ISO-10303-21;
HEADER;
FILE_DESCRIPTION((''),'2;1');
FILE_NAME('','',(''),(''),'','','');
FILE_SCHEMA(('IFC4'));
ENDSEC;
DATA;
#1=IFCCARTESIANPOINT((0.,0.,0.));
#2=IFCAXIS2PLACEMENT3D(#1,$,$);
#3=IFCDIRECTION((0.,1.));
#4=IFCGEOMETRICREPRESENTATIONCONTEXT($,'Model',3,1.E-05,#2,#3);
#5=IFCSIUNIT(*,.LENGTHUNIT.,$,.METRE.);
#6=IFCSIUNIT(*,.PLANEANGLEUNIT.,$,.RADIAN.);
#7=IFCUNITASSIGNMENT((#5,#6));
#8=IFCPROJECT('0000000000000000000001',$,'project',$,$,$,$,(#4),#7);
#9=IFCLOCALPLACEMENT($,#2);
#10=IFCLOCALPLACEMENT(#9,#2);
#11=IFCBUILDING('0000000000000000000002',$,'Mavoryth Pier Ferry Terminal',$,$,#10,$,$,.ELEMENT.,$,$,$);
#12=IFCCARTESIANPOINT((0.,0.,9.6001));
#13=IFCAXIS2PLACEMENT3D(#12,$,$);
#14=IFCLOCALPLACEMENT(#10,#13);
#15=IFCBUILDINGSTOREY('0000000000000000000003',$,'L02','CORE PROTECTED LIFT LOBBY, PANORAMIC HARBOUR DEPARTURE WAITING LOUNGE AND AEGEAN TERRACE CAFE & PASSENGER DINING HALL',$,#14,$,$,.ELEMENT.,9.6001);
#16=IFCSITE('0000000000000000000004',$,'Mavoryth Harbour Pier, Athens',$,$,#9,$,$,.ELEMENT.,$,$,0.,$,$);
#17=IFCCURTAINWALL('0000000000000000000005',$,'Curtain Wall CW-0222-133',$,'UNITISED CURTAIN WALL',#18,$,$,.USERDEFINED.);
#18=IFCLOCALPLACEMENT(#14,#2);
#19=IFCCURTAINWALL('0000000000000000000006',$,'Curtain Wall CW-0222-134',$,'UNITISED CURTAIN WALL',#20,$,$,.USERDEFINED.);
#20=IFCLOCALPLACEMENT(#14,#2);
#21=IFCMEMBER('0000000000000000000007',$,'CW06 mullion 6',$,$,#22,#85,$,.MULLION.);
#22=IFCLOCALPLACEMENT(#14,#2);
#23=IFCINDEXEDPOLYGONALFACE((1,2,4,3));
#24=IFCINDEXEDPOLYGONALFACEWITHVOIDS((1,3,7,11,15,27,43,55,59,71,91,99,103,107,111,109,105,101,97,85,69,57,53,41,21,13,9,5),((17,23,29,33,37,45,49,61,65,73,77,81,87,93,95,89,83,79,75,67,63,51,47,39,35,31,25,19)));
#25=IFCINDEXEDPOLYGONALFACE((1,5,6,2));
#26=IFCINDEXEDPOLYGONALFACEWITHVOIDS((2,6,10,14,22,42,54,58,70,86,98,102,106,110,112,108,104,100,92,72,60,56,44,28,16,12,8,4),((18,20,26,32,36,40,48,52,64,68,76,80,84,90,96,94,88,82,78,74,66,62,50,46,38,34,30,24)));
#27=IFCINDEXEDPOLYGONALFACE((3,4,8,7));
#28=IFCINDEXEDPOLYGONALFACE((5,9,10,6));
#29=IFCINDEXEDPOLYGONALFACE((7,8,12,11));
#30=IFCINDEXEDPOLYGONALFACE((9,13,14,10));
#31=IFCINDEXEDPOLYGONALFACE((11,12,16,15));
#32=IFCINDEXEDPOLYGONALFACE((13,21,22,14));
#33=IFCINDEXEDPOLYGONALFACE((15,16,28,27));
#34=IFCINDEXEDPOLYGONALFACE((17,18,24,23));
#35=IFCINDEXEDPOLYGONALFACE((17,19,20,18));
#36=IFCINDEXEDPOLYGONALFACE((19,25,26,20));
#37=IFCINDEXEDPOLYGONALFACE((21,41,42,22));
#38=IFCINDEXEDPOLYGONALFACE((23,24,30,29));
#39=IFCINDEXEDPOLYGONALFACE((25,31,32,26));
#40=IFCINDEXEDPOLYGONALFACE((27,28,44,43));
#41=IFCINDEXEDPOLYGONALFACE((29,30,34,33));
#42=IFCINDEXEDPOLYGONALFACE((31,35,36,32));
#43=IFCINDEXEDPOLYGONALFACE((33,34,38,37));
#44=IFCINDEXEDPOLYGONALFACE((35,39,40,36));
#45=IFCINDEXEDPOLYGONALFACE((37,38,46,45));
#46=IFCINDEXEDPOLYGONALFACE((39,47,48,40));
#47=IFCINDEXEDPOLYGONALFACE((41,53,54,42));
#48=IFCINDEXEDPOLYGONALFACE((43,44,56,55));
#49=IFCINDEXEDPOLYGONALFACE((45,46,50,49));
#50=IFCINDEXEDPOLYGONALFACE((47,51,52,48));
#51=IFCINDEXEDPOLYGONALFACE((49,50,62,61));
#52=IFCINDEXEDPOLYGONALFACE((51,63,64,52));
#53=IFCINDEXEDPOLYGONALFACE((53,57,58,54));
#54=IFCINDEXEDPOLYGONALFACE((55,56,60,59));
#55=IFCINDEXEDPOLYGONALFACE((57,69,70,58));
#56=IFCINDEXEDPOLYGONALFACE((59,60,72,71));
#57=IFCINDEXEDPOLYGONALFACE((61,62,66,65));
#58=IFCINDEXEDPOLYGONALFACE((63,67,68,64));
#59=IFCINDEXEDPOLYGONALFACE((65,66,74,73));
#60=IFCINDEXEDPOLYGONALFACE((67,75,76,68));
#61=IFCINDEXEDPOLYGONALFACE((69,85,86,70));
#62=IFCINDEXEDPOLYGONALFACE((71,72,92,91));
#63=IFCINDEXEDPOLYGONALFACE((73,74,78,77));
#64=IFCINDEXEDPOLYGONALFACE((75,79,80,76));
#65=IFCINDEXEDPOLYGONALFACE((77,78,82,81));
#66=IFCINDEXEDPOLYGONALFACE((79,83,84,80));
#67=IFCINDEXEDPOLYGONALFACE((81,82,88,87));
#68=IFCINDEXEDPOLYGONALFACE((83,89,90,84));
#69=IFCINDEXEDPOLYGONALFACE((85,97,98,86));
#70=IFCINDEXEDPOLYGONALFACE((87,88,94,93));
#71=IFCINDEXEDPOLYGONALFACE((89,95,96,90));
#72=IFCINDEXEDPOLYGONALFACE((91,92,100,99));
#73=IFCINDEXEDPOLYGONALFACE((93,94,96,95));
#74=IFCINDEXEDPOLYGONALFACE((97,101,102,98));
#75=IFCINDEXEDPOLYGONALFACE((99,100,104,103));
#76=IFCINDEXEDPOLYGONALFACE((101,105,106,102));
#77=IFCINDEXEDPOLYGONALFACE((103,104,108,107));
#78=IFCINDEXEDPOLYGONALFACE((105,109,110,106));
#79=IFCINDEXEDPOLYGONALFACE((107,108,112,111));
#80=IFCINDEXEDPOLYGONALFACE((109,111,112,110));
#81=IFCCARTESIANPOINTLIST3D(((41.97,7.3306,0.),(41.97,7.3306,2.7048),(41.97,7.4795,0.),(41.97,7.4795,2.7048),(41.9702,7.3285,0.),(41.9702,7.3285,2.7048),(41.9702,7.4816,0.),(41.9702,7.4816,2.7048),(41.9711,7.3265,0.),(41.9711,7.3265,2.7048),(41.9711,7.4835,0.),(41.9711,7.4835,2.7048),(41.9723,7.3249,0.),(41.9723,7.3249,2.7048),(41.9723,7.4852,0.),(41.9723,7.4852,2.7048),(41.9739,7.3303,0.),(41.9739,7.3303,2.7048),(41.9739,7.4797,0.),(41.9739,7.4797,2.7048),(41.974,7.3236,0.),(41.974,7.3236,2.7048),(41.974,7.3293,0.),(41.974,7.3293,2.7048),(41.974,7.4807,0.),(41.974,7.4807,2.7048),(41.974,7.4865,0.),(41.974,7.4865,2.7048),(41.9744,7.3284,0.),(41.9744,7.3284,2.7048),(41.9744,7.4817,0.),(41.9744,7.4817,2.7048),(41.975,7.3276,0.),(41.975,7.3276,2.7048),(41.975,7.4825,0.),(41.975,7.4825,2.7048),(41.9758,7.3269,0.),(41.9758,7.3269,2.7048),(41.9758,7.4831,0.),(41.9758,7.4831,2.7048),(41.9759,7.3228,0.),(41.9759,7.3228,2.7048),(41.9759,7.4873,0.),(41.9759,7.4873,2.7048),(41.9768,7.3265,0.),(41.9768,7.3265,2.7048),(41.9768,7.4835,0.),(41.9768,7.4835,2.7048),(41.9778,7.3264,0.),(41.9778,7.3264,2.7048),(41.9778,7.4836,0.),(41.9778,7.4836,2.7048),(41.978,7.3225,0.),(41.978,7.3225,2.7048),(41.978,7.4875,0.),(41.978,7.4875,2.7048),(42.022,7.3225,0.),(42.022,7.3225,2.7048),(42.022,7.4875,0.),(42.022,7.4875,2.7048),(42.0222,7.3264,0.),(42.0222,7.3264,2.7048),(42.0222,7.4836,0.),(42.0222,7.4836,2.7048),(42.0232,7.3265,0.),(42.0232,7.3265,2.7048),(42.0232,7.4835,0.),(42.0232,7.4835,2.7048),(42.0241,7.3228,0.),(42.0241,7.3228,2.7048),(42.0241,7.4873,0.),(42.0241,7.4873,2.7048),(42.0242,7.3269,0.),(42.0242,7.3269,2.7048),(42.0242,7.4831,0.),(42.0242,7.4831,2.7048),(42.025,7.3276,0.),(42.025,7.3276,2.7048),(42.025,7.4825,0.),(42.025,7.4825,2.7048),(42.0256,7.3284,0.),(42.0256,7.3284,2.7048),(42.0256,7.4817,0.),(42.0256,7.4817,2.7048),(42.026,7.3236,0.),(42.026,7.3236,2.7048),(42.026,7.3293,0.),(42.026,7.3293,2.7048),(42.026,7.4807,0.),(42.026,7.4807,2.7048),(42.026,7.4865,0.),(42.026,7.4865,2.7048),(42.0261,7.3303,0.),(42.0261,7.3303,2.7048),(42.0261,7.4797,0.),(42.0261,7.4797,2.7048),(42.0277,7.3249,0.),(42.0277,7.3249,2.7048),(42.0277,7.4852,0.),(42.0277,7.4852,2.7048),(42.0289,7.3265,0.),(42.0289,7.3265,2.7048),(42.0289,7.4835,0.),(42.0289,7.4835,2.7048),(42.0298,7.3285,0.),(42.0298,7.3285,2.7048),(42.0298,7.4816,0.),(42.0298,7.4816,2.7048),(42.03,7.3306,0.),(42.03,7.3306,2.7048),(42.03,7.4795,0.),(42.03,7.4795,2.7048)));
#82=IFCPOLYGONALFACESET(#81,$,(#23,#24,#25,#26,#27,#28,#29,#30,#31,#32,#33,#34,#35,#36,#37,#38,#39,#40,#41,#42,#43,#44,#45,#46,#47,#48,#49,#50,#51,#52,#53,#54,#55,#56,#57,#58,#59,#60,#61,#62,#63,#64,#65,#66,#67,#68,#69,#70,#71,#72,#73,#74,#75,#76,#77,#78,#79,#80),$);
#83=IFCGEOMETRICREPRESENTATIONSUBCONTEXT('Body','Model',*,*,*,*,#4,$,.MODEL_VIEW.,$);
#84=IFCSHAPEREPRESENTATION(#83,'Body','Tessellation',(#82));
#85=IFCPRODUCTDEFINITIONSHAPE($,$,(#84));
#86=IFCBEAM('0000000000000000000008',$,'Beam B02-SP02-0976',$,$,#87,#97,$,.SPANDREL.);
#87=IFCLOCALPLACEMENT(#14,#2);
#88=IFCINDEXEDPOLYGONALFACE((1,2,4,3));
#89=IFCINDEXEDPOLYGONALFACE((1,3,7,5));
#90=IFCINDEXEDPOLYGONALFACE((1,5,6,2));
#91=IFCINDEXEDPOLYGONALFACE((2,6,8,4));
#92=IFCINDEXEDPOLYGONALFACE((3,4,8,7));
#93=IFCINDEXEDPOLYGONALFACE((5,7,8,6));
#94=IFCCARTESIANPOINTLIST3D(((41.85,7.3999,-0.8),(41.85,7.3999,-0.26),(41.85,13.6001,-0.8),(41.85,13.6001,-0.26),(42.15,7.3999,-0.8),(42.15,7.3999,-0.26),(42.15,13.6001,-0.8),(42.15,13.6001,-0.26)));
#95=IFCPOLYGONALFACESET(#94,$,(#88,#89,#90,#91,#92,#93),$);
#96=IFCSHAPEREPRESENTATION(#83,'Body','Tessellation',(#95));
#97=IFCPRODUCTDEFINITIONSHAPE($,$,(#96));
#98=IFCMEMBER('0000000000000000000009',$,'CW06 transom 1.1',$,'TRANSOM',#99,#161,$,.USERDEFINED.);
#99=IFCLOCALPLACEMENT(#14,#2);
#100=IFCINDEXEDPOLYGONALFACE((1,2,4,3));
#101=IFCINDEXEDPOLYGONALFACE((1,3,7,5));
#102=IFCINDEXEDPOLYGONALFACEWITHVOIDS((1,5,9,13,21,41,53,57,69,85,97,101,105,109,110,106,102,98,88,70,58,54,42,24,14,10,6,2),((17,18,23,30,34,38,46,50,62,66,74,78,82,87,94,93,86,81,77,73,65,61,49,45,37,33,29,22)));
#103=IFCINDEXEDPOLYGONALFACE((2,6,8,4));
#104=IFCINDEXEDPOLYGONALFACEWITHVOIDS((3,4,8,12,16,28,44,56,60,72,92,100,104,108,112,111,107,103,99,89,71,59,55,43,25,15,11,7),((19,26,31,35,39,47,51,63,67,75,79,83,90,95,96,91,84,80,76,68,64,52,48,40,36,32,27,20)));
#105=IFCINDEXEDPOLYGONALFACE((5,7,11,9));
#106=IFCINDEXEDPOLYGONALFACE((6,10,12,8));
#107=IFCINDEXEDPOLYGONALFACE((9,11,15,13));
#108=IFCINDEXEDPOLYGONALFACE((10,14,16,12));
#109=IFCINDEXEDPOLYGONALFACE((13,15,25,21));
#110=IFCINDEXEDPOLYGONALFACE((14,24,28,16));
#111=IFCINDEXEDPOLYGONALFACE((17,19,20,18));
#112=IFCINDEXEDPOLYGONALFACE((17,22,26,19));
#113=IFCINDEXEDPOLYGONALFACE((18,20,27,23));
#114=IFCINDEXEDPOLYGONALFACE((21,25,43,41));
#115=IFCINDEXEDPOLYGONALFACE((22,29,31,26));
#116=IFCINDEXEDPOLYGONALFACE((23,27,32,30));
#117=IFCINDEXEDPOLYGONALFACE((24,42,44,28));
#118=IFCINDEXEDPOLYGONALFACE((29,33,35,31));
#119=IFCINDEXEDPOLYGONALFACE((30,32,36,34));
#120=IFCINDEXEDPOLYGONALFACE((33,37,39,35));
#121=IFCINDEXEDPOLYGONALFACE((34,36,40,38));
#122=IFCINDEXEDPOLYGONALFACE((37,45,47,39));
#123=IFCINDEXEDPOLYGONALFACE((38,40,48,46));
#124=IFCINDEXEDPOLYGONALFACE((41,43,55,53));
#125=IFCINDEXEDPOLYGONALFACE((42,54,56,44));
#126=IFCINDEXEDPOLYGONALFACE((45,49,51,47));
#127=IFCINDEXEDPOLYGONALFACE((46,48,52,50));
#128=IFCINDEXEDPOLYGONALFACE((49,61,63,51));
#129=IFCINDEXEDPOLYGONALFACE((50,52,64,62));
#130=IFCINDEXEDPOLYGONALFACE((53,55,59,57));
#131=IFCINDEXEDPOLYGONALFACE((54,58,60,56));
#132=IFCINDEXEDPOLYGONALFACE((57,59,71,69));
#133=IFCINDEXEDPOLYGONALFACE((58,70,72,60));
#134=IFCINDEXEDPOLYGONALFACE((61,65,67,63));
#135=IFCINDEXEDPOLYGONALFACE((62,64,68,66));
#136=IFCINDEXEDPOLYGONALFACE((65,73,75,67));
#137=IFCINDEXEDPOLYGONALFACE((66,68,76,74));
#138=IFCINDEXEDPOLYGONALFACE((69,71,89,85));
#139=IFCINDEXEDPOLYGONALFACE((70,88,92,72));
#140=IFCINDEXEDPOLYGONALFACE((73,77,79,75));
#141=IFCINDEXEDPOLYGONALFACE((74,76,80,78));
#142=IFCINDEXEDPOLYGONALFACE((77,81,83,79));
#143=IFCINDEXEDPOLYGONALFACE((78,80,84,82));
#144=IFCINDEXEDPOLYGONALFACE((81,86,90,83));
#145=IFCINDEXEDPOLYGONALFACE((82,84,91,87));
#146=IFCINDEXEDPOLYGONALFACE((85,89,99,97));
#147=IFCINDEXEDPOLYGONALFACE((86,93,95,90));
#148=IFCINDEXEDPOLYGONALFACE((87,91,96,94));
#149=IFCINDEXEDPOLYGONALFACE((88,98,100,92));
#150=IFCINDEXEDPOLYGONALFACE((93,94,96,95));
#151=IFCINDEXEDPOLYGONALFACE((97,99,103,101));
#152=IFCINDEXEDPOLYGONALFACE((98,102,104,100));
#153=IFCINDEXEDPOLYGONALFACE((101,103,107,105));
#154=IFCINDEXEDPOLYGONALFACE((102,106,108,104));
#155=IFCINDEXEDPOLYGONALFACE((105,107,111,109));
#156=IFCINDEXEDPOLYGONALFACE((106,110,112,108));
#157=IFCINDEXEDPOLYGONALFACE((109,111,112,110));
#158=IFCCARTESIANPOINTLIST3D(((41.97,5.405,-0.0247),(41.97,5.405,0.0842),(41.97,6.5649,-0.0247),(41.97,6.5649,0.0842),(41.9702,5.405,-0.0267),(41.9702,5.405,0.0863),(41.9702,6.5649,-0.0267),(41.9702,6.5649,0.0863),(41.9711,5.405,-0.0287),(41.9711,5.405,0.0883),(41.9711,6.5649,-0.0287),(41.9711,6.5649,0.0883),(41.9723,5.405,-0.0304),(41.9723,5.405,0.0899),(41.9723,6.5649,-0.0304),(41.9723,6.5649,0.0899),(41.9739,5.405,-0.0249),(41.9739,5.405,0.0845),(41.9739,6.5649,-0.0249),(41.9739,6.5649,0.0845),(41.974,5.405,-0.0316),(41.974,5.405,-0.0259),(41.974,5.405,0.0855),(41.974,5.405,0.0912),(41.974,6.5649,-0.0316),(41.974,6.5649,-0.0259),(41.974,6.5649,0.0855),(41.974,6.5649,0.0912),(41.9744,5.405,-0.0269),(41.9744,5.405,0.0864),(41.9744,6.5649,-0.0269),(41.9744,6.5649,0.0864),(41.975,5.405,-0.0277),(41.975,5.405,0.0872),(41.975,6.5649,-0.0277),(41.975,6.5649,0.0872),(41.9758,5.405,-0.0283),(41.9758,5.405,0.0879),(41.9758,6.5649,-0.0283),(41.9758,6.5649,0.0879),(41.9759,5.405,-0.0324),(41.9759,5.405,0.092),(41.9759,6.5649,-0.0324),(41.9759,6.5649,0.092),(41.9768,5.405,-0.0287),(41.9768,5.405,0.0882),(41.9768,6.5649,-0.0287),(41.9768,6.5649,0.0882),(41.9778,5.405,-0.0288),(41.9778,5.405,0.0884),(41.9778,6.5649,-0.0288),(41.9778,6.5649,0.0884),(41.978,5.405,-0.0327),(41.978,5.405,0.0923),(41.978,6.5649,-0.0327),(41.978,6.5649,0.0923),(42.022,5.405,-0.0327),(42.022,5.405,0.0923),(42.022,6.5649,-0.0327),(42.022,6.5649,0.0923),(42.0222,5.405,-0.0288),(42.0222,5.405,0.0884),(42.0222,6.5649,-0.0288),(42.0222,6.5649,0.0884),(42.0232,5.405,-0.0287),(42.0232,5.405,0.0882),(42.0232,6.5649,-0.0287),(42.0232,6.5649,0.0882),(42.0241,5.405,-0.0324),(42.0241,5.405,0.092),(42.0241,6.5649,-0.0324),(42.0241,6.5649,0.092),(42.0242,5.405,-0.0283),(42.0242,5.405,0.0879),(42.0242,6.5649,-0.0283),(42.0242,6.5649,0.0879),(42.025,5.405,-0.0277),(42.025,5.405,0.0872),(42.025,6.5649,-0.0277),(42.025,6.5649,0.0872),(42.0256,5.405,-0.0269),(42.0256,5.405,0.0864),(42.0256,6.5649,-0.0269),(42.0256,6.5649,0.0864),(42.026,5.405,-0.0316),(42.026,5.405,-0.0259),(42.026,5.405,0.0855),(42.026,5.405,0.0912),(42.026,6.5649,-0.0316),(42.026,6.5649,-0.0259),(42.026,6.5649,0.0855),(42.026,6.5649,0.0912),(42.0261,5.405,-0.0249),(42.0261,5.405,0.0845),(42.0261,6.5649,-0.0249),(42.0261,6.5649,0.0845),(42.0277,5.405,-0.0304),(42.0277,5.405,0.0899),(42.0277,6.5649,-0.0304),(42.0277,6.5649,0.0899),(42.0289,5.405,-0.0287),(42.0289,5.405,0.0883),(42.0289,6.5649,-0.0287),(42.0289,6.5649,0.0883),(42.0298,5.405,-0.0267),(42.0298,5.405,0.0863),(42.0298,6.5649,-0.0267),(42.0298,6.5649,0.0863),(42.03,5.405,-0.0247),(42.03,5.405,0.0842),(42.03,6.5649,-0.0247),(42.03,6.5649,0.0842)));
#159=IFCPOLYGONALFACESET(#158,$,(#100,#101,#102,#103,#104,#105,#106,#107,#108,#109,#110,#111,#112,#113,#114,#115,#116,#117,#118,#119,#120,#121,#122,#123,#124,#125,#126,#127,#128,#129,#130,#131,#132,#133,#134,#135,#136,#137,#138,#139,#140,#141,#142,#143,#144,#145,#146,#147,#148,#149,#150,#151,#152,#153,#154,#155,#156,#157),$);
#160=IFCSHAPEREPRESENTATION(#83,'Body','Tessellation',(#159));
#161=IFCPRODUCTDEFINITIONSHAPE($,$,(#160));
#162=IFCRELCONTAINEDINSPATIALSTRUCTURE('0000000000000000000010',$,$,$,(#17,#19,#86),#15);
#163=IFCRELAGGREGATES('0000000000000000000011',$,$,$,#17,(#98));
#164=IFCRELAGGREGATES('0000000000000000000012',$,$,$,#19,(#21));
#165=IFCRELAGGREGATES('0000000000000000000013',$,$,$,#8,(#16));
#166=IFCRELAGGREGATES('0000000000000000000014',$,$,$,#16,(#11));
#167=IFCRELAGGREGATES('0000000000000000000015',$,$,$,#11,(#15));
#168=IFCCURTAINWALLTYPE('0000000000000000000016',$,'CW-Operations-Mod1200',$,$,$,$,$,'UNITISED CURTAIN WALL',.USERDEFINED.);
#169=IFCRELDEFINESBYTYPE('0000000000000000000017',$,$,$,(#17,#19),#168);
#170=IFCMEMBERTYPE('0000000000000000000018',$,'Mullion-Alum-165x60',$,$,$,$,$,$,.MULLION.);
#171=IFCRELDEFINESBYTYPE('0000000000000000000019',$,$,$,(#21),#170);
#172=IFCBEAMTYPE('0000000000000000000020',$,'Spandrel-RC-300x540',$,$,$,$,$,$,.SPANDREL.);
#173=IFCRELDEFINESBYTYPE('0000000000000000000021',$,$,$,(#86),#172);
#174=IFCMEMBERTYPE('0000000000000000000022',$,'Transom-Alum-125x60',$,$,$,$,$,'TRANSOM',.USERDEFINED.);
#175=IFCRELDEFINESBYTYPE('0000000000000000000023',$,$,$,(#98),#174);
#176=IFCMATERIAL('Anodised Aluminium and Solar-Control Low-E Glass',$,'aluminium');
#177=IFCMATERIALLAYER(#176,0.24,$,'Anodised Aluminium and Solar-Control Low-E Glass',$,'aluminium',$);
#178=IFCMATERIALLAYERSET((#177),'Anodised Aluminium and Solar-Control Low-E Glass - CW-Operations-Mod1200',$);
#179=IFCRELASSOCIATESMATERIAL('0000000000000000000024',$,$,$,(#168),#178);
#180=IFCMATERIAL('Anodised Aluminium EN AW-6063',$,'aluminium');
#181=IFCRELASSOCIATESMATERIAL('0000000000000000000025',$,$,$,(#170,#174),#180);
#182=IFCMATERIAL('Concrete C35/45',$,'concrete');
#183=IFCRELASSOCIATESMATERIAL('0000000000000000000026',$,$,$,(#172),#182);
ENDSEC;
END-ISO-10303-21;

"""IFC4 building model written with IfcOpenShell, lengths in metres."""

from ifc_helpers import new_model, si_unit, direction, frame, origin, origin_2d, place, context, subcontext, project, spatial, rectangle, hollow_rectangle, extrude, material, layer, layer_set, material_profile, profile_set, type_object, element, aggregate, save


model = new_model("IFC4")

# Units and contexts
model_context = context("Model", 3, precision=1e-05, world=origin(), true_north=direction((0.0, 1.0)))
body_context = subcontext(model_context, "Body", "Model", "MODEL_VIEW")
ifc_project = project(units=[si_unit("LENGTHUNIT", "METRE"), si_unit("PLANEANGLEUNIT", "RADIAN")], contexts=[model_context])

# Site, building, storey
site_placement = place(None, origin())
site = spatial("IfcSite", under=ifc_project, at=site_placement, Name="Mavoryth Harbour Pier, Athens", CompositionType="ELEMENT", RefElevation=0.0)
building_placement = place(site_placement, origin())
building = spatial("IfcBuilding", under=site, at=building_placement, Name="Mavoryth Pier Ferry Terminal", CompositionType="ELEMENT")
storey_placement = place(building_placement, frame((0.0, 0.0, 9.6001)))
storey = spatial("IfcBuildingStorey", under=building, at=storey_placement, Name="L02", Description="CORE PROTECTED LIFT LOBBY, PANORAMIC HARBOUR DEPARTURE WAITING LOUNGE AND AEGEAN TERRACE CAFE & PASSENGER DINING HALL", CompositionType="ELEMENT", Elevation=9.6001)

# Curtain walls, member
ifc_material_1 = material(Name="Anodised Aluminium and Solar-Control Low-E Glass", Category="aluminium")
ifc_layer_1 = layer(ifc_material_1, 0.24, Name="Anodised Aluminium and Solar-Control Low-E Glass", Category="aluminium")
ifc_layer_set_1 = layer_set([ifc_layer_1], Name="Anodised Aluminium and Solar-Control Low-E Glass - CW-Operations-Mod1200")
curtain_wall_type = type_object("IfcCurtainWallType", Name="CW-Operations-Mod1200", ElementType="UNITISED CURTAIN WALL", PredefinedType="USERDEFINED", material=ifc_layer_set_1)
curtain_wall_1_placement = place(storey_placement, origin())
curtain_wall_1 = element("IfcCurtainWall", 1, at=curtain_wall_1_placement, inside=storey, type_object=curtain_wall_type, Name="Curtain Wall CW-0222-133", ObjectType="UNITISED CURTAIN WALL", PredefinedType="USERDEFINED")
ifc_material_2 = material(Name="Anodised Aluminium EN AW-6063", Category="aluminium")
ifc_material_profile_1 = material_profile(ifc_material_2, hollow_rectangle(XDim=0.0601, YDim=0.165, WallThickness=0.0039, InnerFilletRadius=0.0039, OuterFilletRadius=0.0081, at=origin_2d()), Name="AL-MULL 165x60x4", Category="aluminium")
ifc_profile_set_1 = profile_set([ifc_material_profile_1], Name="Anodised Aluminium EN AW-6063 - AL-MULL 165x60x4")
member_type_1 = type_object("IfcMemberType", Name="Mullion-Alum-165x60", PredefinedType="MULLION", material=ifc_profile_set_1)
curtain_wall_2_placement = place(storey_placement, origin())
curtain_wall_2 = element("IfcCurtainWall", 2, at=curtain_wall_2_placement, inside=storey, type_object=curtain_wall_type, Name="Curtain Wall CW-0222-134", ObjectType="UNITISED CURTAIN WALL", PredefinedType="USERDEFINED")
member_1_placement = place(storey_placement, frame((42.0, 7.405, 0.0), z_axis=(0.0, 0.0, 1.0), x_axis=(1.0, 0.0, 0.0)))
member_1 = element("IfcMember", 3, at=member_1_placement, type_object=member_type_1, Name="CW06 mullion 6", PredefinedType="MULLION", context=body_context, shape_type="SweptSolid", body=[
    extrude(hollow_rectangle(XDim=0.0601, YDim=0.165, WallThickness=0.0039, InnerFilletRadius=0.0039, OuterFilletRadius=0.0081, at=origin_2d()), origin(), (0.0, 0.0, 1.0), 2.7048),
])

# Beam
ifc_material_3 = material(Name="Concrete C35/45", Category="concrete")
ifc_material_profile_2 = material_profile(ifc_material_3, rectangle(XDim=0.3, YDim=0.54, at=origin_2d()), Name="RC 300x540", Category="concrete")
ifc_profile_set_2 = profile_set([ifc_material_profile_2], Name="Concrete C35/45 - RC 300x540")
beam_type = type_object("IfcBeamType", Name="Spandrel-RC-300x540", PredefinedType="SPANDREL", material=ifc_profile_set_2)
beam_placement = place(storey_placement, frame((42.0, 7.3999, -0.53), z_axis=(0.0, 1.0, 0.0), x_axis=(-1.0, 0.0, 0.0)))
element("IfcBeam", 4, at=beam_placement, inside=storey, type_object=beam_type, Name="Beam B02-SP02-0976", PredefinedType="SPANDREL", context=body_context, shape_type="SweptSolid", body=[
    extrude(rectangle(XDim=0.3, YDim=0.54, at=origin_2d()), origin(), (0.0, 0.0, 1.0), 6.2002),
])

# Member
ifc_material_profile_3 = material_profile(ifc_material_2, hollow_rectangle(XDim=0.0601, YDim=0.125, WallThickness=0.0039, InnerFilletRadius=0.0039, OuterFilletRadius=0.0081, at=origin_2d()), Name="AL-TRAN 125x60x4", Category="aluminium")
ifc_profile_set_3 = profile_set([ifc_material_profile_3], Name="Anodised Aluminium EN AW-6063 - AL-TRAN 125x60x4")
member_type_2 = type_object("IfcMemberType", Name="Transom-Alum-125x60", ElementType="TRANSOM", PredefinedType="USERDEFINED", material=ifc_profile_set_3)
member_2_placement = place(storey_placement, frame((42.0, 6.5649, 0.0298), z_axis=(0.0, -1.0, 0.0), x_axis=(1.0, 0.0, 0.0)))
member_2 = element("IfcMember", 5, at=member_2_placement, type_object=member_type_2, Name="CW06 transom 1.1", ObjectType="TRANSOM", PredefinedType="USERDEFINED", context=body_context, shape_type="SweptSolid", body=[
    extrude(hollow_rectangle(XDim=0.0601, YDim=0.125, WallThickness=0.0039, InnerFilletRadius=0.0039, OuterFilletRadius=0.0081, at=origin_2d()), origin(), (0.0, 0.0, 1.0), 1.1599),
])

aggregate(curtain_wall_1, [member_2])
aggregate(curtain_wall_2, [member_1])

save(model, "model.ifc")
